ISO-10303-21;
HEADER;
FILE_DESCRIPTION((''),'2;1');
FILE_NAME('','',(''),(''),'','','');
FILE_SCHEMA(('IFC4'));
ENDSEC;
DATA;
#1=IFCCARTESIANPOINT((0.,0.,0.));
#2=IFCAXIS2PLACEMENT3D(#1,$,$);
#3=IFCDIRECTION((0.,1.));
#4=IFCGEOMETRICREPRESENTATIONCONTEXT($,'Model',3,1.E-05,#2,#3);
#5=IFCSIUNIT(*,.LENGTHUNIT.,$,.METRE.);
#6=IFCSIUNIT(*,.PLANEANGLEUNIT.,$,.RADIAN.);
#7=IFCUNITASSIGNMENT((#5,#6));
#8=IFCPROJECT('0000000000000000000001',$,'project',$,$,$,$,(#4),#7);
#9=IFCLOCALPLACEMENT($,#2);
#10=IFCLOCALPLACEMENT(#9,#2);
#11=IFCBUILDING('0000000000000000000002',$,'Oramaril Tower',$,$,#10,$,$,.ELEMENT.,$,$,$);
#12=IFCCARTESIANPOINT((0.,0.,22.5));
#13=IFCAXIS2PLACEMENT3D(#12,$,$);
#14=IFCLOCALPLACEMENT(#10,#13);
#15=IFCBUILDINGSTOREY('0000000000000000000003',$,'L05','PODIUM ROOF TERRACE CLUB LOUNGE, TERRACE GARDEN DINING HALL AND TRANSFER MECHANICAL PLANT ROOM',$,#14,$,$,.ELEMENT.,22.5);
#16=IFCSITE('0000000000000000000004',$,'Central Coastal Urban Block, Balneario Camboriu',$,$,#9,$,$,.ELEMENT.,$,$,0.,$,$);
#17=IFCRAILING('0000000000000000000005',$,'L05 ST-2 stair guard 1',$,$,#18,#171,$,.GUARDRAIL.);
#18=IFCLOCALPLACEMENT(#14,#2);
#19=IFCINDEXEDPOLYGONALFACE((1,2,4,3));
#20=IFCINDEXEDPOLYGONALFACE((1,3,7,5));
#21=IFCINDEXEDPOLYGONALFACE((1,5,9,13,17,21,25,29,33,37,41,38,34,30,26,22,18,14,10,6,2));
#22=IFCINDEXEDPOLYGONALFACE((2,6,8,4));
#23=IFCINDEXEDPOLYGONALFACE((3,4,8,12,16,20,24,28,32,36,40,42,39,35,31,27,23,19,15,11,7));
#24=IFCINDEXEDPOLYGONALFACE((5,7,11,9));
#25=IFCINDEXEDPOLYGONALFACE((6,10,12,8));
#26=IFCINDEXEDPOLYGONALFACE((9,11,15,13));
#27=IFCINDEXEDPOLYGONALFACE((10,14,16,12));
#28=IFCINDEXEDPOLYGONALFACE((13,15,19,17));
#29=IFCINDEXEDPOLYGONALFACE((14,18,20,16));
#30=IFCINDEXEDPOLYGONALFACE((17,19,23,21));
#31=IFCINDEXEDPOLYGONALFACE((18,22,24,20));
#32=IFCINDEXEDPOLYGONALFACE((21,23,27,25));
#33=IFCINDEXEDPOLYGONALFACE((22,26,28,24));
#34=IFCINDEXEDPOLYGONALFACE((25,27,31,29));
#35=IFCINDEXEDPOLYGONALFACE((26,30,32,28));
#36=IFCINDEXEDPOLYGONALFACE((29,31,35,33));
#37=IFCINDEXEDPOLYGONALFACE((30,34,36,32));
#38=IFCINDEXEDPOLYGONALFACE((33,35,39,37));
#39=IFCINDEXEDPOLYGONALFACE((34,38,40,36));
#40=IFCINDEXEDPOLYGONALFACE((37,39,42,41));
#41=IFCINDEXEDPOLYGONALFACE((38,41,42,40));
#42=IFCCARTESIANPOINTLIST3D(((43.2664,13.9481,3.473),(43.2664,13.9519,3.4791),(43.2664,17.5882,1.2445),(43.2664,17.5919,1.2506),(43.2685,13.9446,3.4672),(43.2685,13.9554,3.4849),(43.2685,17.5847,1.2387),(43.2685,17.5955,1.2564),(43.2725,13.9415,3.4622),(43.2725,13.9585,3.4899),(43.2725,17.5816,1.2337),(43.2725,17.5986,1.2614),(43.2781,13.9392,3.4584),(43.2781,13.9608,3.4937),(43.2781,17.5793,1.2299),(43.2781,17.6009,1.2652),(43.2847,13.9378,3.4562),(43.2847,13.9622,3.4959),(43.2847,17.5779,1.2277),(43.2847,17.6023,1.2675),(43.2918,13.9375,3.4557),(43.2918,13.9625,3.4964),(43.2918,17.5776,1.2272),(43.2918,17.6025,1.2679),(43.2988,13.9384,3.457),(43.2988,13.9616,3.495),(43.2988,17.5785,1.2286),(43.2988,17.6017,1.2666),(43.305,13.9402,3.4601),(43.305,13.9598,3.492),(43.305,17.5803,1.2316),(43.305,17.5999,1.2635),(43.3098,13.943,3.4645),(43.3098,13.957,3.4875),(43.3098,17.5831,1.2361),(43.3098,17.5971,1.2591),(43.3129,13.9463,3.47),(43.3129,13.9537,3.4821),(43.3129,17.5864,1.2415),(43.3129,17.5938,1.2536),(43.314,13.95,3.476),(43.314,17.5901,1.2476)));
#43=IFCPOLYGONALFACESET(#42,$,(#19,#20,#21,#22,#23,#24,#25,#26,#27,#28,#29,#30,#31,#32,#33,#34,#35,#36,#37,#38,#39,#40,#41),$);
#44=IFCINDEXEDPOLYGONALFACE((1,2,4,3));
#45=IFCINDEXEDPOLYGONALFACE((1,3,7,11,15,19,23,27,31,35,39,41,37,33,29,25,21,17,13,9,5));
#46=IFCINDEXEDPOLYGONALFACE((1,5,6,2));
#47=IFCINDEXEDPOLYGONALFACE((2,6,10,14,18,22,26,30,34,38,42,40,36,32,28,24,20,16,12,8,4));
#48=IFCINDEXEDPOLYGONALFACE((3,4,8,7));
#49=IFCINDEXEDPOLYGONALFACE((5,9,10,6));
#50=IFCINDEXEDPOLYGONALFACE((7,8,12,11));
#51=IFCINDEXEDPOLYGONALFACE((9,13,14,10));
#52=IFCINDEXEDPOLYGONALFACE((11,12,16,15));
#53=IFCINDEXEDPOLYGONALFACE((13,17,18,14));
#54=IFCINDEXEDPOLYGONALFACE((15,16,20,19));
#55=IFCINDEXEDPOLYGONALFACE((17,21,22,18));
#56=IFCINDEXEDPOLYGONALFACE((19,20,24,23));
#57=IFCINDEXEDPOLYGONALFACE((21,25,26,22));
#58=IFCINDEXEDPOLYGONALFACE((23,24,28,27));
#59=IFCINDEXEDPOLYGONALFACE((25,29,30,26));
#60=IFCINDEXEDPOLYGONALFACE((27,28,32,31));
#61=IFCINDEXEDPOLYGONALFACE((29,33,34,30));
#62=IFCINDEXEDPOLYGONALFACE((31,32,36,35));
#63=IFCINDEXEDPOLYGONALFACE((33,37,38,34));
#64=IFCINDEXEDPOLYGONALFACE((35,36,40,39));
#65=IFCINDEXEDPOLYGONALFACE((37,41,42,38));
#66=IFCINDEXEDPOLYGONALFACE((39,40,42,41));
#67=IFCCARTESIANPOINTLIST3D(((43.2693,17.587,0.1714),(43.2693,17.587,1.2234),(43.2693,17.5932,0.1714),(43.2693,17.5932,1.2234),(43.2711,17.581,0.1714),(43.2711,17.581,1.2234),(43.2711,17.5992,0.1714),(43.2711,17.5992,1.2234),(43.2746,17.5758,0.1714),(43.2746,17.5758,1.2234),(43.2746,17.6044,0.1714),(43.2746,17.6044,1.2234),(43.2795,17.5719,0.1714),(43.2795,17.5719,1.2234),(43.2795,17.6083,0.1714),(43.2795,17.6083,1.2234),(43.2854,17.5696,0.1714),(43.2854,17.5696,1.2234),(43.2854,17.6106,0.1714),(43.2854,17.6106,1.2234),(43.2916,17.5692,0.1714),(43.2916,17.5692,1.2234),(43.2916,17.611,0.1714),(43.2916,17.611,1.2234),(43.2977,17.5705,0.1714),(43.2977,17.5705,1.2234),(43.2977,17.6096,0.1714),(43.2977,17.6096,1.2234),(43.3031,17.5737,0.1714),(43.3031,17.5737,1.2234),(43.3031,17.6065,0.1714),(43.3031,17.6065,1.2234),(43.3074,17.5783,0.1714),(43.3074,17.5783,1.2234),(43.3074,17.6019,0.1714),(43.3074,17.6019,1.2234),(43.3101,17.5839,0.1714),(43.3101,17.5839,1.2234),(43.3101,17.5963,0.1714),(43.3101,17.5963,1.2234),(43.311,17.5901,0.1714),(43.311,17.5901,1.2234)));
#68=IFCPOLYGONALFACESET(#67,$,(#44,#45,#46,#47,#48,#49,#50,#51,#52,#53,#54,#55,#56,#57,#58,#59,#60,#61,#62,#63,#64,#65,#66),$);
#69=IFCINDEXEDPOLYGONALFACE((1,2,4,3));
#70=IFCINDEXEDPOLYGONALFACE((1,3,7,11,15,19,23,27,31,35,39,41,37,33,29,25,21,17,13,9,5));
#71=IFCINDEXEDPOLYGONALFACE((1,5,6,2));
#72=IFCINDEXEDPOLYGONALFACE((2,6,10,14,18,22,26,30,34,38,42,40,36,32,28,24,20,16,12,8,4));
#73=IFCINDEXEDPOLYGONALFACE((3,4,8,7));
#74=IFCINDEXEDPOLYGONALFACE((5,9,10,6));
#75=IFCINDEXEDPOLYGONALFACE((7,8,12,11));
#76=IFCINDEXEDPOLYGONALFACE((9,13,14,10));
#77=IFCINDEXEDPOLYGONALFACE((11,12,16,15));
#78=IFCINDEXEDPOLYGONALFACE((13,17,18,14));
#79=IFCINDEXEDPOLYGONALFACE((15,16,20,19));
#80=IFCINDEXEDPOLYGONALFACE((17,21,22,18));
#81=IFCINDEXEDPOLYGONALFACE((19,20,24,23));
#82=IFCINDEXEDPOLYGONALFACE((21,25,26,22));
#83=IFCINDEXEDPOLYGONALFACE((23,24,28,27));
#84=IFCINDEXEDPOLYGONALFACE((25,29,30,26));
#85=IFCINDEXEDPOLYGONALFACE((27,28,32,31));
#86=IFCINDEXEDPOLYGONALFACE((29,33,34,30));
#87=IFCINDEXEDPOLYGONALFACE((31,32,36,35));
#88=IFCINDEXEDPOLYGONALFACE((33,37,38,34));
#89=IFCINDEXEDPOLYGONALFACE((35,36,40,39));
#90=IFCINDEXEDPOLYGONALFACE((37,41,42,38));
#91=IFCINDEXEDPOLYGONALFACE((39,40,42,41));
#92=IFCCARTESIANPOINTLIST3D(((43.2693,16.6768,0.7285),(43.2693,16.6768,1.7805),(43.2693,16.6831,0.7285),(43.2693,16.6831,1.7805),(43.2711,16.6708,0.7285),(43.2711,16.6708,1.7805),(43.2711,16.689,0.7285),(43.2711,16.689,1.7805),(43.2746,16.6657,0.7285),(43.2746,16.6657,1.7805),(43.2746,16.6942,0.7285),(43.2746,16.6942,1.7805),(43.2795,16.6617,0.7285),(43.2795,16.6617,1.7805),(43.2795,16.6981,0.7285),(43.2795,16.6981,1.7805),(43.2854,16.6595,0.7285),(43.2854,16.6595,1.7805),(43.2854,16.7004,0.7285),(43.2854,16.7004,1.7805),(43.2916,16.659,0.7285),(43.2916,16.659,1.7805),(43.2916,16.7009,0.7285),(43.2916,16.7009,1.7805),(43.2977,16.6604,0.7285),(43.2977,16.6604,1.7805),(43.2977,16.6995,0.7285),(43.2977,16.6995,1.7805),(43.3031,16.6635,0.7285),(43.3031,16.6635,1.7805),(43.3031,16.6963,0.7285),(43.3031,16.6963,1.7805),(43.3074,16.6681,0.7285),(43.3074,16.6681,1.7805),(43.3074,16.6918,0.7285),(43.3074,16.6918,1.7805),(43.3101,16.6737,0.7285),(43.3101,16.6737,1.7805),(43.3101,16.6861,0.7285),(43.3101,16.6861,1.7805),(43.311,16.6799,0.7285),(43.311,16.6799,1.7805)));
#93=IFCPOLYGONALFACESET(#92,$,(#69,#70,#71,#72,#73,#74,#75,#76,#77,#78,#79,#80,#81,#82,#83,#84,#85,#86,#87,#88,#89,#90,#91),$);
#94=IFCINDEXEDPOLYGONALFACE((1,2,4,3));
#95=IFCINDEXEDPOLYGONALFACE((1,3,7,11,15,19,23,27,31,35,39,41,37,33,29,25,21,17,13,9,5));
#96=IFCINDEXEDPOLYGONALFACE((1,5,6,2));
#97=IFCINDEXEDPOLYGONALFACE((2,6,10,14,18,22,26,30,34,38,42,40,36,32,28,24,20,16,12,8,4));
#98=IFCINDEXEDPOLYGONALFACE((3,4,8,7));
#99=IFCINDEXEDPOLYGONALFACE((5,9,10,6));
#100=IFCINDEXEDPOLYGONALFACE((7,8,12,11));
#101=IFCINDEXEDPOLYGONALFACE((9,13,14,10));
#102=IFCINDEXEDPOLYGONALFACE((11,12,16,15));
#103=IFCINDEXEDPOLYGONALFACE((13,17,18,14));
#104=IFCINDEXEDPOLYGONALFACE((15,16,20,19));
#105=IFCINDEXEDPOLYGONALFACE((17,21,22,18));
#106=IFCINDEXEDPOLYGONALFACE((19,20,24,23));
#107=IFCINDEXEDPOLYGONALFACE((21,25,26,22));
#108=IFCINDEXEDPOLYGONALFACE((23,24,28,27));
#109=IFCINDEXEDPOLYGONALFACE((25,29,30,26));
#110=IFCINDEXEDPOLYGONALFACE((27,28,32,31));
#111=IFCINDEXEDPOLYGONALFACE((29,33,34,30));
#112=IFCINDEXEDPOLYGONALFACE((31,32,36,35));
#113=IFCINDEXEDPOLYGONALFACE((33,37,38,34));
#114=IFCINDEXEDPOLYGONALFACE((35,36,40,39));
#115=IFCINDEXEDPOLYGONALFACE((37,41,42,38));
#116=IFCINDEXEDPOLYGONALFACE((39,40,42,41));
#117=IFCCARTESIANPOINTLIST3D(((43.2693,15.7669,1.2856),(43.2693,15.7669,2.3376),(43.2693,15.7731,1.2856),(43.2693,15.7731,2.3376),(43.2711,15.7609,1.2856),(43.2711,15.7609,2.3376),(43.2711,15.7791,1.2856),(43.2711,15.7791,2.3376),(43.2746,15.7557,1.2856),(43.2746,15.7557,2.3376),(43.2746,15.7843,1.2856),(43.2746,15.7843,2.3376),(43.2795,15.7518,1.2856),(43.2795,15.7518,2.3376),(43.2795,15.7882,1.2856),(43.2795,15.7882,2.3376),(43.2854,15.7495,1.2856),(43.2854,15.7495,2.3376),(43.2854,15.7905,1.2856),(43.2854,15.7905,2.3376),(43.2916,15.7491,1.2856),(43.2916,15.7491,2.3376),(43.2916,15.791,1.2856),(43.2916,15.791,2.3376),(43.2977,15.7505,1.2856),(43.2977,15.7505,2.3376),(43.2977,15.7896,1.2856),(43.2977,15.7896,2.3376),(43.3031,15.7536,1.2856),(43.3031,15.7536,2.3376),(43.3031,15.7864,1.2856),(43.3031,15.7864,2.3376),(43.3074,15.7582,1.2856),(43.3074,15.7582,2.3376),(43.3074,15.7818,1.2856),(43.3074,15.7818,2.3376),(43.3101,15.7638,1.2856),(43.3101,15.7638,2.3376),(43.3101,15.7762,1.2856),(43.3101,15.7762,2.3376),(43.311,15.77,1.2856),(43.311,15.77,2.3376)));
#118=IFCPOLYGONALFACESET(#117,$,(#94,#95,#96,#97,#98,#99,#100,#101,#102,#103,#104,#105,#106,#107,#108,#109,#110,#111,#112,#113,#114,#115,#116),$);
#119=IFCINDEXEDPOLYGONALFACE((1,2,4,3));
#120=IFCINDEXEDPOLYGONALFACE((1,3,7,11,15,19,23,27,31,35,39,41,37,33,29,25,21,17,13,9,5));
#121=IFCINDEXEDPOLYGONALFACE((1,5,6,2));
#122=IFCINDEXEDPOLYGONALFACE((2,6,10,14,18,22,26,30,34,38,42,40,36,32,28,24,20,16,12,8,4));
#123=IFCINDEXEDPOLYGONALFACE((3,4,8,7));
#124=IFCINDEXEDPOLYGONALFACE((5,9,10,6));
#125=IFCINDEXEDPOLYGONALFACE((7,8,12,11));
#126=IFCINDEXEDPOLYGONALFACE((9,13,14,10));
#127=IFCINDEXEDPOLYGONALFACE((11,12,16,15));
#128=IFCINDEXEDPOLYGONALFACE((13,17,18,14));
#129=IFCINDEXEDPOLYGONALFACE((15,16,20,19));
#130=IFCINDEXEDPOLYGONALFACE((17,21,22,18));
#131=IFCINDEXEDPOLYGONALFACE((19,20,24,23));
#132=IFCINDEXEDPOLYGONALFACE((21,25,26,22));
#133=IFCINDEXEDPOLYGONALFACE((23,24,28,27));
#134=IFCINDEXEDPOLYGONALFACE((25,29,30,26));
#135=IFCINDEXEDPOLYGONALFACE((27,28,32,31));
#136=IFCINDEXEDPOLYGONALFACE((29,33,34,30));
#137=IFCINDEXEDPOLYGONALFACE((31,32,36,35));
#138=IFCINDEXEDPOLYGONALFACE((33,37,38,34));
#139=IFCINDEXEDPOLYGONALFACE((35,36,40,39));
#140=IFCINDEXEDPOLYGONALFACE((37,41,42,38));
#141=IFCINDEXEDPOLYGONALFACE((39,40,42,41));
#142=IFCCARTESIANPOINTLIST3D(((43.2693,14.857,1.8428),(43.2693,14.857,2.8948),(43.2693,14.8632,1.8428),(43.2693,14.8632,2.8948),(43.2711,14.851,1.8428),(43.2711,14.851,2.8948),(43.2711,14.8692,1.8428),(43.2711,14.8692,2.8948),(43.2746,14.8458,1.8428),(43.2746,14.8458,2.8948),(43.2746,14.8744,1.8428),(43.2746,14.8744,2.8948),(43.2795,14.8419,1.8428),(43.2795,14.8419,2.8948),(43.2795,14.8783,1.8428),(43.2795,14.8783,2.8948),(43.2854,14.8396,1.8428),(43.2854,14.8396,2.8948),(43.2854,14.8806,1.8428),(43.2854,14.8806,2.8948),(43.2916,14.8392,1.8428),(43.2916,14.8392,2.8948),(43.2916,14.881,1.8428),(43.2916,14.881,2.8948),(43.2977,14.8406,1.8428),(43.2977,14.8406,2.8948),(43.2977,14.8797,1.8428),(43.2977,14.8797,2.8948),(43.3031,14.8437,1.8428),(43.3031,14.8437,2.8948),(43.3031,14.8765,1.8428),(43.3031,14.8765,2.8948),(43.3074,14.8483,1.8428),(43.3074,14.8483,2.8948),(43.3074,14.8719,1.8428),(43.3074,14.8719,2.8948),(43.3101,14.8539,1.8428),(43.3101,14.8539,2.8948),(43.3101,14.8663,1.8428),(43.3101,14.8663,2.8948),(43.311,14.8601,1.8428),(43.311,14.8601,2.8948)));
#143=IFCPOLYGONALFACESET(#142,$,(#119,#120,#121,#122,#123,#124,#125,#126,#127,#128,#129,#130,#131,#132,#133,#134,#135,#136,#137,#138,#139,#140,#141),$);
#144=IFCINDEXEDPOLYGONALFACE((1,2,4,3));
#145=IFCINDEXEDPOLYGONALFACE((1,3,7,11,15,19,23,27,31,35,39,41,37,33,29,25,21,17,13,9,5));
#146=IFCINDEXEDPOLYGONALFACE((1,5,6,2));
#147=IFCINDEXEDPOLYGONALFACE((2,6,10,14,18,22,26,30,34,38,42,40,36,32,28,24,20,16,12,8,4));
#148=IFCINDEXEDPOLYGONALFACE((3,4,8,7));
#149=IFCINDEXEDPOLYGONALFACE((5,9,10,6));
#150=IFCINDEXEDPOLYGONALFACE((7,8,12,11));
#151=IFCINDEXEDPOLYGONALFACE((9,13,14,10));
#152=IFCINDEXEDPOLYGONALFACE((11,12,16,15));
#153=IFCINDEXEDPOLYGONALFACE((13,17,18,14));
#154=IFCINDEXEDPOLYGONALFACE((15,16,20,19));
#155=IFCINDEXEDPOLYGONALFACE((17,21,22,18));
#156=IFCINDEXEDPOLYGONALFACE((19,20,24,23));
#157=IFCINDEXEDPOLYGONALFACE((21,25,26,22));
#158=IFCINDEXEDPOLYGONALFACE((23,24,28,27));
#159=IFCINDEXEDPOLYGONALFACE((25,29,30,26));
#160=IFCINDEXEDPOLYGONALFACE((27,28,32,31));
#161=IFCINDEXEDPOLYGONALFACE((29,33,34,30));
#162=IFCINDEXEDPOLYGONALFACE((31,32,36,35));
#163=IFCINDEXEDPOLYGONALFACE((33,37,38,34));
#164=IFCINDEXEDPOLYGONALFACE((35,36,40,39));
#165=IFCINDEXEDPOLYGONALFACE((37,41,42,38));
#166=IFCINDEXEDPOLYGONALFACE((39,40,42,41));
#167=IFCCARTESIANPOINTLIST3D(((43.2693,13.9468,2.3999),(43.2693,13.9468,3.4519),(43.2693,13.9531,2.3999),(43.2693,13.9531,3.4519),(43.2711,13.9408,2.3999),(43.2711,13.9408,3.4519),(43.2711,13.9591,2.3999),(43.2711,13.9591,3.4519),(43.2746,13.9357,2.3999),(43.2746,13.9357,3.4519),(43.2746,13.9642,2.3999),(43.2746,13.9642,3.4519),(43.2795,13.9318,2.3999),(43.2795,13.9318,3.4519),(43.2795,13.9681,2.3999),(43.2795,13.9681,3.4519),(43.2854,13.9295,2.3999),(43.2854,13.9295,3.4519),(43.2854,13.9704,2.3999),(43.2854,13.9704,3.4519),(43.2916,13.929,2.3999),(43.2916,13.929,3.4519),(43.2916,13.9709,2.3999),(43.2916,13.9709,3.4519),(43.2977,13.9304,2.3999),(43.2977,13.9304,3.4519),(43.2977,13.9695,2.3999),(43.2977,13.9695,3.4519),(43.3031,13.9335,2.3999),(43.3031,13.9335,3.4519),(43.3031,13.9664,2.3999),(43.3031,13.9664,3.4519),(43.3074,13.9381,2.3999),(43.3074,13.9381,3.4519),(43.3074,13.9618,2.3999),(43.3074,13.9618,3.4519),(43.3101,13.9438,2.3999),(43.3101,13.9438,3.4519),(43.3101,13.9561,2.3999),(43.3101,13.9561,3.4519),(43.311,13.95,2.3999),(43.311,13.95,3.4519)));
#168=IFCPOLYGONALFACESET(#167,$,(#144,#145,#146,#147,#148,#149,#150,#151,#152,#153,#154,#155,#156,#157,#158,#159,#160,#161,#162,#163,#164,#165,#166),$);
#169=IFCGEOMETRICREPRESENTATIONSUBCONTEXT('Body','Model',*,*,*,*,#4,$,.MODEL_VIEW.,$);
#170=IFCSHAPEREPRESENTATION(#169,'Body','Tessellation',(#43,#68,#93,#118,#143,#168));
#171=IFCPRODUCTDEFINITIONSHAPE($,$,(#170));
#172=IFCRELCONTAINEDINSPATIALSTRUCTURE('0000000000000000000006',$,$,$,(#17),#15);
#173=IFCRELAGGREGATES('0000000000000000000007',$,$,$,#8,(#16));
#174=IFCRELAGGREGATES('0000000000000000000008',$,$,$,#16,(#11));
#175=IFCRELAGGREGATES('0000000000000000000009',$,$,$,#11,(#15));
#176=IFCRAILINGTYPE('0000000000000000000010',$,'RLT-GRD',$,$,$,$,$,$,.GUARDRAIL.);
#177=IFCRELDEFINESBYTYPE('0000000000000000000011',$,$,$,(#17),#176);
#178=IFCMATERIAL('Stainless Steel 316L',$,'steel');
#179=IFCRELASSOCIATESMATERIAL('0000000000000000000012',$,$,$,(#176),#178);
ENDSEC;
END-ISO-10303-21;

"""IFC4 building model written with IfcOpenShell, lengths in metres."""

from ifc_helpers import new_model, si_unit, direction, frame, origin, origin_2d, place, context, subcontext, project, spatial, circle, extrude, material, type_object, element, save


model = new_model("IFC4")

# Units and contexts
model_context = context("Model", 3, precision=1e-05, world=origin(), true_north=direction((0.0, 1.0)))
body_context = subcontext(model_context, "Body", "Model", "MODEL_VIEW")
ifc_project = project(units=[si_unit("LENGTHUNIT", "METRE"), si_unit("PLANEANGLEUNIT", "RADIAN")], contexts=[model_context])

# Site, building, storey
site_placement = place(None, origin())
site = spatial("IfcSite", under=ifc_project, at=site_placement, Name="Central Coastal Urban Block, Balneario Camboriu", CompositionType="ELEMENT", RefElevation=0.0)
building_placement = place(site_placement, origin())
building = spatial("IfcBuilding", under=site, at=building_placement, Name="Oramaril Tower", CompositionType="ELEMENT")
storey_placement = place(building_placement, frame((0.0, 0.0, 22.5)))
storey = spatial("IfcBuildingStorey", under=building, at=storey_placement, Name="L05", Description="PODIUM ROOF TERRACE CLUB LOUNGE, TERRACE GARDEN DINING HALL AND TRANSFER MECHANICAL PLANT ROOM", CompositionType="ELEMENT", Elevation=22.5)

# Railing
ifc_material_1 = material(Name="Stainless Steel 316L", Category="steel")
railing_type_1 = type_object("IfcRailingType", Name="RLT-GRD", PredefinedType="GUARDRAIL", material=ifc_material_1)
railing_1_placement = place(storey_placement, frame((43.29, 17.5901, 0.1714)))
element("IfcRailing", 1, at=railing_1_placement, inside=storey, type_object=railing_type_1, Name="L05 ST-2 stair guard 1", PredefinedType="GUARDRAIL", context=body_context, shape_type="SweptSolid", body=[
    extrude(circle(Radius=0.0239, at=origin_2d()), frame((0.0, 0.0, 1.0762), z_axis=(0.0, -0.852866, 0.52213), x_axis=(1.0, 0.0, 0.0)), (0.0, 0.0, 1.0), 4.2681),
    extrude(circle(Radius=0.021, at=origin_2d()), origin(), (0.0, 0.0, 1.0), 1.052),
    extrude(circle(Radius=0.021, at=origin_2d()), frame((0.0, -0.9102, 0.5571)), (0.0, 0.0, 1.0), 1.052),
    extrude(circle(Radius=0.021, at=origin_2d()), frame((0.0, -1.8201, 1.1143)), (0.0, 0.0, 1.0), 1.052),
    extrude(circle(Radius=0.021, at=origin_2d()), frame((0.0, -2.73, 1.6714)), (0.0, 0.0, 1.0), 1.052),
    extrude(circle(Radius=0.021, at=origin_2d()), frame((0.0, -3.6401, 2.2285)), (0.0, 0.0, 1.0), 1.052),
])

save(model, "model.ifc")
